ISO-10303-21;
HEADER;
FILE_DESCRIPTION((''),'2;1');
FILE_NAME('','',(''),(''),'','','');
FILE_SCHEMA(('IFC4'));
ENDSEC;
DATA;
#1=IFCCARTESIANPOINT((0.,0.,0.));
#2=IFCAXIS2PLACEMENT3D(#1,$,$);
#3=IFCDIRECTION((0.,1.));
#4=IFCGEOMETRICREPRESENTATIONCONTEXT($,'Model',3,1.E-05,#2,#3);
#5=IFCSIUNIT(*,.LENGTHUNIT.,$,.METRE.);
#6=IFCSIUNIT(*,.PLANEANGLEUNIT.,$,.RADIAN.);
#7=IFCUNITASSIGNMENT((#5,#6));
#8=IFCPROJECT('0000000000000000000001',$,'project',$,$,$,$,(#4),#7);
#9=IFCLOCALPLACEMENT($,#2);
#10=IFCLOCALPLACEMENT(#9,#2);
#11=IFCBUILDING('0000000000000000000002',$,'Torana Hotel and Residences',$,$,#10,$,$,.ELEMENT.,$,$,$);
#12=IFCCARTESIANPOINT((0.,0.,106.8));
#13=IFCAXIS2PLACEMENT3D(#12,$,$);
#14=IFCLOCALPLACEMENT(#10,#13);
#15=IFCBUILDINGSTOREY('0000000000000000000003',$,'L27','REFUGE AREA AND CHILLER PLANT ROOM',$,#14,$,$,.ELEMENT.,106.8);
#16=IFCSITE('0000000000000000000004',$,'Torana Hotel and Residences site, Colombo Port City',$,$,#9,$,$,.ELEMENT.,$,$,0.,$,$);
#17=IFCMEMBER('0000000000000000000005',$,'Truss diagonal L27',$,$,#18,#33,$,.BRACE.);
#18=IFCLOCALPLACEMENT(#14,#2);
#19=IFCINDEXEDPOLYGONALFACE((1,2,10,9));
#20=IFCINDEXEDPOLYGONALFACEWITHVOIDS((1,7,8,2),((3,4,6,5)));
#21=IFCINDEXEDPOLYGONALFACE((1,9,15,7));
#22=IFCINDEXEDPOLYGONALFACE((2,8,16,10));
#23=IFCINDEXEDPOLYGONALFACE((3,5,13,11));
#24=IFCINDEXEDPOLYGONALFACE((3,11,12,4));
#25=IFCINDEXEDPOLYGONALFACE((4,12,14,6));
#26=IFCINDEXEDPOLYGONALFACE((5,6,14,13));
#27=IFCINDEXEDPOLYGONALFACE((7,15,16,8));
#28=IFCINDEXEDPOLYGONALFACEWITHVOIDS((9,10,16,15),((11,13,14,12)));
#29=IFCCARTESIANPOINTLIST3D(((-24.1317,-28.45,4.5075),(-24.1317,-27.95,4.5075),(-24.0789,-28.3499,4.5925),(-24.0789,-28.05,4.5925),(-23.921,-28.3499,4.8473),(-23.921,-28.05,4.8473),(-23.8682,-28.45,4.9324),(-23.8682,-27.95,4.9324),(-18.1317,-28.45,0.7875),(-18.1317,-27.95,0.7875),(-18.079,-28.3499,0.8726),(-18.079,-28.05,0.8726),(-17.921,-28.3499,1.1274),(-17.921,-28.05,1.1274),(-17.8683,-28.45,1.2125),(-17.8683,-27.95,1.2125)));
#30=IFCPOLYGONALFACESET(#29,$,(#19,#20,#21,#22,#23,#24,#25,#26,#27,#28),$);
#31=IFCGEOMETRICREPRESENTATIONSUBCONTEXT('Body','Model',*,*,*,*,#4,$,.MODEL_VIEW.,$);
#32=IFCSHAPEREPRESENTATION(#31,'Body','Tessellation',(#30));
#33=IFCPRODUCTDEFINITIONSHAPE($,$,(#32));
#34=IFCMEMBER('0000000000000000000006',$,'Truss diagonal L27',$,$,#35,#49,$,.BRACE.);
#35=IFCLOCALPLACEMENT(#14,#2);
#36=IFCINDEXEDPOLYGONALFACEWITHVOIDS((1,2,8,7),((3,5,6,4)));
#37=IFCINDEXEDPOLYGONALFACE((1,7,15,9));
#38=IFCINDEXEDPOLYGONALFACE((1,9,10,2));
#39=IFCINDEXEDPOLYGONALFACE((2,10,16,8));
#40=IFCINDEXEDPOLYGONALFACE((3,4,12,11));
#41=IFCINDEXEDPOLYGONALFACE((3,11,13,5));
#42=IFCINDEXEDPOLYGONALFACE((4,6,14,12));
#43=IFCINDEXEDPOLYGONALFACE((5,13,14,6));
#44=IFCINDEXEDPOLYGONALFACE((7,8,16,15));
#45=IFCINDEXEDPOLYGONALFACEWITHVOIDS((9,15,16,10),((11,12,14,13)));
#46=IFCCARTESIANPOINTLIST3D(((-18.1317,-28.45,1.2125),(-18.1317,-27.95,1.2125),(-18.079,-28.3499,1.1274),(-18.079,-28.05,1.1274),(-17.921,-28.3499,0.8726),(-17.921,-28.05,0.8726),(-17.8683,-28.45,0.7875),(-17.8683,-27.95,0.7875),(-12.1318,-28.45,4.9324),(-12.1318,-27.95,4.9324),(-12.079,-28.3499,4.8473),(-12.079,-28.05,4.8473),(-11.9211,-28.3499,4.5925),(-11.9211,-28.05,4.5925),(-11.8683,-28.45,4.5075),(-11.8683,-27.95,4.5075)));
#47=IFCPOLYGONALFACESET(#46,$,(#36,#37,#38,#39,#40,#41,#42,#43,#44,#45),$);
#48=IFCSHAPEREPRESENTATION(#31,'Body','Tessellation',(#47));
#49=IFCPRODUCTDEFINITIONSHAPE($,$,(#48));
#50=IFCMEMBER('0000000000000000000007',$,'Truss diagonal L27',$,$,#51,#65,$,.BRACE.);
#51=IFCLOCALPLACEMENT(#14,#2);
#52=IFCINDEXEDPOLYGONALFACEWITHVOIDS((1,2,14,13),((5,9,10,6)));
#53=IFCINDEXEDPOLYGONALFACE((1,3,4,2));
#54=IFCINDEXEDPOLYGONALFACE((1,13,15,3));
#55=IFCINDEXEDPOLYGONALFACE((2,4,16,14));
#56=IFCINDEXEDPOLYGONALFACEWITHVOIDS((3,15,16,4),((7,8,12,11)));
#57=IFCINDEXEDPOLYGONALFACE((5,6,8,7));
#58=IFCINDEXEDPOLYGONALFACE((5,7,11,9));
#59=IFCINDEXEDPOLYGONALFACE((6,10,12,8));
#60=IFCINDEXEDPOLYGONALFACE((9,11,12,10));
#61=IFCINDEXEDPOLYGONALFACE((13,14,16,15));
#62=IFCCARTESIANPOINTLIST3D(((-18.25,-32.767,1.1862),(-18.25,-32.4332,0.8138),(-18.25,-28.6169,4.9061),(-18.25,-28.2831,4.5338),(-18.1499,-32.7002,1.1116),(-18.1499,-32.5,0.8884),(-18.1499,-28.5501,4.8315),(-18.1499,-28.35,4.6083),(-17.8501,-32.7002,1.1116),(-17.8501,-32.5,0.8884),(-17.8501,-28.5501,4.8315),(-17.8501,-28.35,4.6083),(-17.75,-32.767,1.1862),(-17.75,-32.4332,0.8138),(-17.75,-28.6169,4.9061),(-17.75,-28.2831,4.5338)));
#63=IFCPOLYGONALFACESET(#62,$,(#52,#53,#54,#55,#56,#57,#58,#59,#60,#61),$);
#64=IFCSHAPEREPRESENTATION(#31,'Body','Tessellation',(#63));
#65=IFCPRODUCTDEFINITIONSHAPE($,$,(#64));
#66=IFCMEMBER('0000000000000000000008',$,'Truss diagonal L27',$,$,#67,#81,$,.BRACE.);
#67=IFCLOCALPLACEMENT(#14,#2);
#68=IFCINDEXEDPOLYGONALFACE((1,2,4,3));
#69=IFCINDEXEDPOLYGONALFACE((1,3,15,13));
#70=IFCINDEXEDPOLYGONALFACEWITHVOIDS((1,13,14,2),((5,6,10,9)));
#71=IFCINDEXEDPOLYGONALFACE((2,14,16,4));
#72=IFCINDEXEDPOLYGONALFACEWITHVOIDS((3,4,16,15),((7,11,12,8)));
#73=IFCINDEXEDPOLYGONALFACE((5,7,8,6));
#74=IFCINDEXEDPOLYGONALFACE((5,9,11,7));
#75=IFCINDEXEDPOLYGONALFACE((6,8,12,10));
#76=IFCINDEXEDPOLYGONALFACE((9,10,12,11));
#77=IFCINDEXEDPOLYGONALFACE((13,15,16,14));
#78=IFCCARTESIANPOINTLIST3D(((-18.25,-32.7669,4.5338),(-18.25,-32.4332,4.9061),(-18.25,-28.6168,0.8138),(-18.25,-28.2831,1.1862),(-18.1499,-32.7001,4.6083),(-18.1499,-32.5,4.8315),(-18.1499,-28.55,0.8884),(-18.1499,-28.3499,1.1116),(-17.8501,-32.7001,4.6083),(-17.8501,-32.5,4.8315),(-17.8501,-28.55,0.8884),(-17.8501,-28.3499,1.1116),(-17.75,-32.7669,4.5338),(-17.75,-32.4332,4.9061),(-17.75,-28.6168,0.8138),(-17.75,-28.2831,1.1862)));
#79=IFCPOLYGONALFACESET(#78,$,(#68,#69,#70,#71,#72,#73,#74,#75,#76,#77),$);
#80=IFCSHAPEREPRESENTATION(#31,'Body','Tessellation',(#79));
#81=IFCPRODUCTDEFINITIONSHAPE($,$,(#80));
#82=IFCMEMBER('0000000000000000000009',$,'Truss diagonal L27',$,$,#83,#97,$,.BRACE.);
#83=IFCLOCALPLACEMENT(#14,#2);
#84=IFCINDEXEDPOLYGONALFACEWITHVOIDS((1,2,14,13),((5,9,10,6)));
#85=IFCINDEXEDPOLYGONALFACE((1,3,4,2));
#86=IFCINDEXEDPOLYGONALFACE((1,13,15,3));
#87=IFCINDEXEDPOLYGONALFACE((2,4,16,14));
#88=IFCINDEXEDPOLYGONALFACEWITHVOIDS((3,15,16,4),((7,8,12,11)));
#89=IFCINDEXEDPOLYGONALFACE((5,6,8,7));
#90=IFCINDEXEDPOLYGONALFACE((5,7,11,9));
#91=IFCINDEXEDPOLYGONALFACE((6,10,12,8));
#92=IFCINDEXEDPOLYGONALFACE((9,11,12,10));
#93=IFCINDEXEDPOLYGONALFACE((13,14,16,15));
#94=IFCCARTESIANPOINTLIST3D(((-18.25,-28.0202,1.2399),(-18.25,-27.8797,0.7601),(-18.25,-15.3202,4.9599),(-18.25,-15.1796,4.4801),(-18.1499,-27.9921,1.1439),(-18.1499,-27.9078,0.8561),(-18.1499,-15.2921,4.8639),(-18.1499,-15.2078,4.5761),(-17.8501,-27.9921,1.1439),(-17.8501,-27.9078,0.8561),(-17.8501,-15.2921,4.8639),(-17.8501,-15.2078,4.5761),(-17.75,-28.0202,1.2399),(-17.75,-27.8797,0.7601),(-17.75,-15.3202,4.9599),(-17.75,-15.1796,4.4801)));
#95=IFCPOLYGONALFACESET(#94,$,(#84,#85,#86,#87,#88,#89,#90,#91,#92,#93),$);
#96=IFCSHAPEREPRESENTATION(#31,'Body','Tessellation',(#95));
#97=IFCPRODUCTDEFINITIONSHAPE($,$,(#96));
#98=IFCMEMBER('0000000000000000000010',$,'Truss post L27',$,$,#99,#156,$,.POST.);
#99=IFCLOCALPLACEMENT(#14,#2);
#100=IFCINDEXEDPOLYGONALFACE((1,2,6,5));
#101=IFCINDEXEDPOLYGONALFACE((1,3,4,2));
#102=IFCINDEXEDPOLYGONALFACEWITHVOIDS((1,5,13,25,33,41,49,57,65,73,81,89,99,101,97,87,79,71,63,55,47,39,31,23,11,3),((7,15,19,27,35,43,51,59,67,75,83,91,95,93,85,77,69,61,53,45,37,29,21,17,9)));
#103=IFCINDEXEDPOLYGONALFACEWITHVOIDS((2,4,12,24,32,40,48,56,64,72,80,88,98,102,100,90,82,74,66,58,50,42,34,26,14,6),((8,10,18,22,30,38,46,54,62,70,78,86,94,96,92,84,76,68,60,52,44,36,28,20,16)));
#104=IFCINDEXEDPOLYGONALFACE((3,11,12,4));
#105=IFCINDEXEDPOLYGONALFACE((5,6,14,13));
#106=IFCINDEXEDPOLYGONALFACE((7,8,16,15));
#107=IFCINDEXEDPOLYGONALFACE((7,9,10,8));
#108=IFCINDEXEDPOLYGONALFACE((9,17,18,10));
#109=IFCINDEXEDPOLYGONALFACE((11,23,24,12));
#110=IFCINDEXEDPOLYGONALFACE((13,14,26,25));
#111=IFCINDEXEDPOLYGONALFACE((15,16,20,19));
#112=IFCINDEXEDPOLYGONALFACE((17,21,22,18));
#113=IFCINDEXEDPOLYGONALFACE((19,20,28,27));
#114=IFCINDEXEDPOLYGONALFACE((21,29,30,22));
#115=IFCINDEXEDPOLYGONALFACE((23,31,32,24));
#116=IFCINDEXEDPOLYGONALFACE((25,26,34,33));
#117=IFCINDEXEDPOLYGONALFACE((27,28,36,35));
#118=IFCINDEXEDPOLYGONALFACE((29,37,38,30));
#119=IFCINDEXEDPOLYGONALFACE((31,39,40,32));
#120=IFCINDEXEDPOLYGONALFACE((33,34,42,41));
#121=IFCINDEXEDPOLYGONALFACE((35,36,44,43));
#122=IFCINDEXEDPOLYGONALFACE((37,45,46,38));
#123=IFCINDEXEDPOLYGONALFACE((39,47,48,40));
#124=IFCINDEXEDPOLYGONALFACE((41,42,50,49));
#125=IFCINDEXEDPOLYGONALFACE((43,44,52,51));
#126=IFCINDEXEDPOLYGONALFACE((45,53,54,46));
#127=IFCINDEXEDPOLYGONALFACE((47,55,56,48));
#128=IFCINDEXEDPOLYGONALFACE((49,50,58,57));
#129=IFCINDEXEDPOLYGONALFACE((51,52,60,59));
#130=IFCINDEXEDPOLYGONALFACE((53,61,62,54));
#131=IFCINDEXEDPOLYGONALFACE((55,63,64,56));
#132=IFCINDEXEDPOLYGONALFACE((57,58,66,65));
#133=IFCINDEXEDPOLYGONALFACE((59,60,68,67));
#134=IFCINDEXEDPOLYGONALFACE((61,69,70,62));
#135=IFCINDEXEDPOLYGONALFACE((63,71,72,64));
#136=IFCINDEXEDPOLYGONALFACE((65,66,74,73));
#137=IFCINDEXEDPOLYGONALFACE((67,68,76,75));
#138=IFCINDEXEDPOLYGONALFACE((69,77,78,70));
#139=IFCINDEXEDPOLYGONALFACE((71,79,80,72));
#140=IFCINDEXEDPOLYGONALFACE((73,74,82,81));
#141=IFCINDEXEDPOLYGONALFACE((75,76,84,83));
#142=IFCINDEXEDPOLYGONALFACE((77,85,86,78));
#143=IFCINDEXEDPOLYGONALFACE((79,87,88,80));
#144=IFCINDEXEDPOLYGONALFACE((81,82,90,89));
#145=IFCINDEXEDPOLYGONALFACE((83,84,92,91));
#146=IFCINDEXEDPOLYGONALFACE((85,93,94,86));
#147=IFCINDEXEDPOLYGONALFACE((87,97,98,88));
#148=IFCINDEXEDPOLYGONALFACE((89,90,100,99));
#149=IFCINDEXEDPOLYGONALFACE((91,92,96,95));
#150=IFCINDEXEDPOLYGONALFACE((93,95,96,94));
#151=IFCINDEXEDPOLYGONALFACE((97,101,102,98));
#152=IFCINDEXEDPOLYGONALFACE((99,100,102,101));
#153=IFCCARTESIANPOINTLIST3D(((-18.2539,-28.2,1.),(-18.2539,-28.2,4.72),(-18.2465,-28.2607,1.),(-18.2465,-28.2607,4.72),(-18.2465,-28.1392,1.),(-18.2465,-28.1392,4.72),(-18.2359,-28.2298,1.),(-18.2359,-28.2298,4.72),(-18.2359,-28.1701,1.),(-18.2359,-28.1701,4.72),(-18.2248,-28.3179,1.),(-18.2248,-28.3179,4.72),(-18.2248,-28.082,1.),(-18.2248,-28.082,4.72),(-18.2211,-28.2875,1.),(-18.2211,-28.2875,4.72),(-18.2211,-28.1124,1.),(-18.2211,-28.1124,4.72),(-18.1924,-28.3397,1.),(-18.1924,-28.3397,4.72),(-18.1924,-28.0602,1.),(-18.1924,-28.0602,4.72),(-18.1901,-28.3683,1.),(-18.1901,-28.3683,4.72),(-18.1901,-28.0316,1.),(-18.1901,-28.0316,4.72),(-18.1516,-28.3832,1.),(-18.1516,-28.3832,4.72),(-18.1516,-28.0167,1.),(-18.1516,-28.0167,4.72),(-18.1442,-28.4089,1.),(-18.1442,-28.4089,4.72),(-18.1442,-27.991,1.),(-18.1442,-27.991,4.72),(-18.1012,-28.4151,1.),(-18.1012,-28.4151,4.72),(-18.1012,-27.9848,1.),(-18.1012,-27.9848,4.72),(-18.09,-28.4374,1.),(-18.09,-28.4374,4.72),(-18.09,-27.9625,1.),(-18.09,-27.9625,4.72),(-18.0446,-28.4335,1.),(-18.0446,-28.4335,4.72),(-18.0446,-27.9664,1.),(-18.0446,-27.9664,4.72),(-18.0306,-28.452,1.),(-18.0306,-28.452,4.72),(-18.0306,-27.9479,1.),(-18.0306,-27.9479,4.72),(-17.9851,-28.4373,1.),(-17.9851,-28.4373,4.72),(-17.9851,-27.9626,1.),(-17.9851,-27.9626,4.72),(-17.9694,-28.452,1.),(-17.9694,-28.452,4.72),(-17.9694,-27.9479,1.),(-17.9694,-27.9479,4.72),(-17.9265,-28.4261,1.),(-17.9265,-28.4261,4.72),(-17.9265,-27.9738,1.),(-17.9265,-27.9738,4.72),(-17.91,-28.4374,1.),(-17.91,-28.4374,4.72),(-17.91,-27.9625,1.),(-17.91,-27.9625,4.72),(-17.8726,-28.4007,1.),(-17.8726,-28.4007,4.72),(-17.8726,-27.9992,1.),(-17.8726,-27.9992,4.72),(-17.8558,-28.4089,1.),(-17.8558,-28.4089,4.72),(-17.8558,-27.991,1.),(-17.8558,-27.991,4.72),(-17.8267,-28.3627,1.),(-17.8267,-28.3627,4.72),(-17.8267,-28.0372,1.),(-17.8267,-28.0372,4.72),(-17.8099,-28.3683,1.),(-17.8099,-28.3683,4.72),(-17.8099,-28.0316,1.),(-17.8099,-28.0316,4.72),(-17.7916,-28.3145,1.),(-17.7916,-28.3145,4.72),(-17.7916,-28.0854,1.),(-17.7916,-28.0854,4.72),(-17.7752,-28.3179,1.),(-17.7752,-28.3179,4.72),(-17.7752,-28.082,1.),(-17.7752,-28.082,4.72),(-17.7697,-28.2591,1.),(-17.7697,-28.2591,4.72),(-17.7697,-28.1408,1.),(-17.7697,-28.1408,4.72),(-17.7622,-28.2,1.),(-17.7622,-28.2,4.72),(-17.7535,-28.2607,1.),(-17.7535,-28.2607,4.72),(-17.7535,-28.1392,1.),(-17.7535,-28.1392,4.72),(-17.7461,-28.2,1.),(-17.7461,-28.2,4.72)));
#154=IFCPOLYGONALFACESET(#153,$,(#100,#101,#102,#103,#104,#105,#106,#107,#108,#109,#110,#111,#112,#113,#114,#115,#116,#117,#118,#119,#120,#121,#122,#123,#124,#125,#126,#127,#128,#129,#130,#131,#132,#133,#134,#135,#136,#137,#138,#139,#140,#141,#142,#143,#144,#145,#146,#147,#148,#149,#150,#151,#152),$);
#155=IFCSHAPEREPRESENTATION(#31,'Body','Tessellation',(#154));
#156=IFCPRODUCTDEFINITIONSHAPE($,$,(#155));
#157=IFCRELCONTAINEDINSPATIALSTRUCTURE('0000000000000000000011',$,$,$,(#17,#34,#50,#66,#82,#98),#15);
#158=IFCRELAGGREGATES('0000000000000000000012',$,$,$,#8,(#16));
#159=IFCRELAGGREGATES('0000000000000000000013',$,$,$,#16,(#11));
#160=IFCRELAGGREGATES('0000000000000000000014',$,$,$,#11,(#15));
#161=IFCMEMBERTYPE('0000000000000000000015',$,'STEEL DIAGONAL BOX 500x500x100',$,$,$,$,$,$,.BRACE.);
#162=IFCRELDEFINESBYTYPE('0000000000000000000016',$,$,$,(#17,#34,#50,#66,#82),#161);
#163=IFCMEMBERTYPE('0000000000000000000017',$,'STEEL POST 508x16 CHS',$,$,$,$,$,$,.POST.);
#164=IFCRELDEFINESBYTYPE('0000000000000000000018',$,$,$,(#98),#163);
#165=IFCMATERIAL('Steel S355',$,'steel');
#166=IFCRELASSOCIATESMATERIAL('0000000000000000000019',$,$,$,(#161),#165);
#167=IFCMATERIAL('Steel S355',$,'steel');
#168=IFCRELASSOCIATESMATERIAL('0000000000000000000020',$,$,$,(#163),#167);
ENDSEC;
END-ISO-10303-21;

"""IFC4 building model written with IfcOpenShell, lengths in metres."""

from ifc_helpers import new_model, si_unit, direction, frame, origin, origin_2d, place, context, subcontext, project, spatial, hollow_rectangle, hollow_circle, extrude, material, material_profile, profile_set, type_object, element, save


model = new_model("IFC4")

# Units and contexts
model_context = context("Model", 3, precision=1e-05, world=origin(), true_north=direction((0.0, 1.0)))
body_context = subcontext(model_context, "Body", "Model", "MODEL_VIEW")
ifc_project = project(units=[si_unit("LENGTHUNIT", "METRE"), si_unit("PLANEANGLEUNIT", "RADIAN")], contexts=[model_context])

# Site, building, storey
site_placement = place(None, origin())
site = spatial("IfcSite", under=ifc_project, at=site_placement, Name="Torana Hotel and Residences site, Colombo Port City", CompositionType="ELEMENT", RefElevation=0.0)
building_placement = place(site_placement, origin())
building = spatial("IfcBuilding", under=site, at=building_placement, Name="Torana Hotel and Residences", CompositionType="ELEMENT")
storey_placement = place(building_placement, frame((0.0, 0.0, 106.8)))
storey = spatial("IfcBuildingStorey", under=building, at=storey_placement, Name="L27", Description="REFUGE AREA AND CHILLER PLANT ROOM", CompositionType="ELEMENT", Elevation=106.8)

# Members
ifc_material_1 = material(Name="Steel S355", Category="steel")
ifc_material_profile_1 = material_profile(ifc_material_1, hollow_rectangle(XDim=0.5, YDim=0.5, WallThickness=0.1001, at=origin_2d()), Name="BOX 500x500x100")
ifc_profile_set_1 = profile_set([ifc_material_profile_1], Name="Steel S355")
member_type_1 = type_object("IfcMemberType", Name="STEEL DIAGONAL BOX 500x500x100", PredefinedType="BRACE", material=ifc_profile_set_1)
for number, where, z_axis, x_axis, name in (
    (1, (-18.0, -28.2, 1.0), (-0.849905, 0.0, 0.526937), (0.0, -1.0, 0.0), "Truss diagonal L27"),
    (2, (-18.0, -28.2, 1.0), (0.849905, 0.0, 0.526937), (0.0, 1.0, 0.0), "Truss diagonal L27"),
):
    element("IfcMember", number, at=place(storey_placement, frame(where, z_axis=z_axis, x_axis=x_axis)), inside=storey, type_object=member_type_1, Name=name, PredefinedType="BRACE", context=body_context, shape_type="SweptSolid", body=[
        extrude(hollow_rectangle(XDim=0.5, YDim=0.5, WallThickness=0.1001, at=origin_2d()), origin(), (0.0, 0.0, 1.0), 7.0596),
    ])
for number, where, z_axis, x_axis, name in (
    (3, (-18.0, -32.6001, 1.0), (0.0, 0.744645, 0.66746), (-1.0, 0.0, 0.0), "Truss diagonal L27"),
    (4, (-18.0, -28.45, 1.0), (0.0, -0.744645, 0.66746), (1.0, 0.0, 0.0), "Truss diagonal L27"),
):
    element("IfcMember", number, at=place(storey_placement, frame(where, z_axis=z_axis, x_axis=x_axis)), inside=storey, type_object=member_type_1, Name=name, PredefinedType="BRACE", context=body_context, shape_type="SweptSolid", body=[
        extrude(hollow_rectangle(XDim=0.5, YDim=0.5, WallThickness=0.1001, at=origin_2d()), origin(), (0.0, 0.0, 1.0), 5.5732),
    ])
member_1_placement = place(storey_placement, frame((-18.0, -27.95, 1.0), z_axis=(0.0, 0.959678, 0.281101), x_axis=(-1.0, 0.0, 0.0)))
element("IfcMember", 5, at=member_1_placement, inside=storey, type_object=member_type_1, Name="Truss diagonal L27", PredefinedType="BRACE", context=body_context, shape_type="SweptSolid", body=[
    extrude(hollow_rectangle(XDim=0.5, YDim=0.5, WallThickness=0.1001, at=origin_2d()), origin(), (0.0, 0.0, 1.0), 13.2336),
])
ifc_material_2 = material(Name="Steel S355", Category="steel")
ifc_material_profile_2 = material_profile(ifc_material_2, hollow_circle(Radius=0.2539, WallThickness=0.0161, at=origin_2d()), Name="508x16 CHS")
ifc_profile_set_2 = profile_set([ifc_material_profile_2], Name="Steel S355")
member_type_2 = type_object("IfcMemberType", Name="STEEL POST 508x16 CHS", PredefinedType="POST", material=ifc_profile_set_2)
for number, where, z_axis, x_axis, name in (
    (6, (-18.0, -28.2, 1.0), (0.0, 0.0, 1.0), (1.0, 0.0, 0.0), "Truss post L27"),
):
    element("IfcMember", number, at=place(storey_placement, frame(where, z_axis=z_axis, x_axis=x_axis)), inside=storey, type_object=member_type_2, Name=name, PredefinedType="POST", context=body_context, shape_type="SweptSolid", body=[
        extrude(hollow_circle(Radius=0.2539, WallThickness=0.0161, at=origin_2d()), origin(), (0.0, 0.0, 1.0), 3.72),
    ])

save(model, "model.ifc")
